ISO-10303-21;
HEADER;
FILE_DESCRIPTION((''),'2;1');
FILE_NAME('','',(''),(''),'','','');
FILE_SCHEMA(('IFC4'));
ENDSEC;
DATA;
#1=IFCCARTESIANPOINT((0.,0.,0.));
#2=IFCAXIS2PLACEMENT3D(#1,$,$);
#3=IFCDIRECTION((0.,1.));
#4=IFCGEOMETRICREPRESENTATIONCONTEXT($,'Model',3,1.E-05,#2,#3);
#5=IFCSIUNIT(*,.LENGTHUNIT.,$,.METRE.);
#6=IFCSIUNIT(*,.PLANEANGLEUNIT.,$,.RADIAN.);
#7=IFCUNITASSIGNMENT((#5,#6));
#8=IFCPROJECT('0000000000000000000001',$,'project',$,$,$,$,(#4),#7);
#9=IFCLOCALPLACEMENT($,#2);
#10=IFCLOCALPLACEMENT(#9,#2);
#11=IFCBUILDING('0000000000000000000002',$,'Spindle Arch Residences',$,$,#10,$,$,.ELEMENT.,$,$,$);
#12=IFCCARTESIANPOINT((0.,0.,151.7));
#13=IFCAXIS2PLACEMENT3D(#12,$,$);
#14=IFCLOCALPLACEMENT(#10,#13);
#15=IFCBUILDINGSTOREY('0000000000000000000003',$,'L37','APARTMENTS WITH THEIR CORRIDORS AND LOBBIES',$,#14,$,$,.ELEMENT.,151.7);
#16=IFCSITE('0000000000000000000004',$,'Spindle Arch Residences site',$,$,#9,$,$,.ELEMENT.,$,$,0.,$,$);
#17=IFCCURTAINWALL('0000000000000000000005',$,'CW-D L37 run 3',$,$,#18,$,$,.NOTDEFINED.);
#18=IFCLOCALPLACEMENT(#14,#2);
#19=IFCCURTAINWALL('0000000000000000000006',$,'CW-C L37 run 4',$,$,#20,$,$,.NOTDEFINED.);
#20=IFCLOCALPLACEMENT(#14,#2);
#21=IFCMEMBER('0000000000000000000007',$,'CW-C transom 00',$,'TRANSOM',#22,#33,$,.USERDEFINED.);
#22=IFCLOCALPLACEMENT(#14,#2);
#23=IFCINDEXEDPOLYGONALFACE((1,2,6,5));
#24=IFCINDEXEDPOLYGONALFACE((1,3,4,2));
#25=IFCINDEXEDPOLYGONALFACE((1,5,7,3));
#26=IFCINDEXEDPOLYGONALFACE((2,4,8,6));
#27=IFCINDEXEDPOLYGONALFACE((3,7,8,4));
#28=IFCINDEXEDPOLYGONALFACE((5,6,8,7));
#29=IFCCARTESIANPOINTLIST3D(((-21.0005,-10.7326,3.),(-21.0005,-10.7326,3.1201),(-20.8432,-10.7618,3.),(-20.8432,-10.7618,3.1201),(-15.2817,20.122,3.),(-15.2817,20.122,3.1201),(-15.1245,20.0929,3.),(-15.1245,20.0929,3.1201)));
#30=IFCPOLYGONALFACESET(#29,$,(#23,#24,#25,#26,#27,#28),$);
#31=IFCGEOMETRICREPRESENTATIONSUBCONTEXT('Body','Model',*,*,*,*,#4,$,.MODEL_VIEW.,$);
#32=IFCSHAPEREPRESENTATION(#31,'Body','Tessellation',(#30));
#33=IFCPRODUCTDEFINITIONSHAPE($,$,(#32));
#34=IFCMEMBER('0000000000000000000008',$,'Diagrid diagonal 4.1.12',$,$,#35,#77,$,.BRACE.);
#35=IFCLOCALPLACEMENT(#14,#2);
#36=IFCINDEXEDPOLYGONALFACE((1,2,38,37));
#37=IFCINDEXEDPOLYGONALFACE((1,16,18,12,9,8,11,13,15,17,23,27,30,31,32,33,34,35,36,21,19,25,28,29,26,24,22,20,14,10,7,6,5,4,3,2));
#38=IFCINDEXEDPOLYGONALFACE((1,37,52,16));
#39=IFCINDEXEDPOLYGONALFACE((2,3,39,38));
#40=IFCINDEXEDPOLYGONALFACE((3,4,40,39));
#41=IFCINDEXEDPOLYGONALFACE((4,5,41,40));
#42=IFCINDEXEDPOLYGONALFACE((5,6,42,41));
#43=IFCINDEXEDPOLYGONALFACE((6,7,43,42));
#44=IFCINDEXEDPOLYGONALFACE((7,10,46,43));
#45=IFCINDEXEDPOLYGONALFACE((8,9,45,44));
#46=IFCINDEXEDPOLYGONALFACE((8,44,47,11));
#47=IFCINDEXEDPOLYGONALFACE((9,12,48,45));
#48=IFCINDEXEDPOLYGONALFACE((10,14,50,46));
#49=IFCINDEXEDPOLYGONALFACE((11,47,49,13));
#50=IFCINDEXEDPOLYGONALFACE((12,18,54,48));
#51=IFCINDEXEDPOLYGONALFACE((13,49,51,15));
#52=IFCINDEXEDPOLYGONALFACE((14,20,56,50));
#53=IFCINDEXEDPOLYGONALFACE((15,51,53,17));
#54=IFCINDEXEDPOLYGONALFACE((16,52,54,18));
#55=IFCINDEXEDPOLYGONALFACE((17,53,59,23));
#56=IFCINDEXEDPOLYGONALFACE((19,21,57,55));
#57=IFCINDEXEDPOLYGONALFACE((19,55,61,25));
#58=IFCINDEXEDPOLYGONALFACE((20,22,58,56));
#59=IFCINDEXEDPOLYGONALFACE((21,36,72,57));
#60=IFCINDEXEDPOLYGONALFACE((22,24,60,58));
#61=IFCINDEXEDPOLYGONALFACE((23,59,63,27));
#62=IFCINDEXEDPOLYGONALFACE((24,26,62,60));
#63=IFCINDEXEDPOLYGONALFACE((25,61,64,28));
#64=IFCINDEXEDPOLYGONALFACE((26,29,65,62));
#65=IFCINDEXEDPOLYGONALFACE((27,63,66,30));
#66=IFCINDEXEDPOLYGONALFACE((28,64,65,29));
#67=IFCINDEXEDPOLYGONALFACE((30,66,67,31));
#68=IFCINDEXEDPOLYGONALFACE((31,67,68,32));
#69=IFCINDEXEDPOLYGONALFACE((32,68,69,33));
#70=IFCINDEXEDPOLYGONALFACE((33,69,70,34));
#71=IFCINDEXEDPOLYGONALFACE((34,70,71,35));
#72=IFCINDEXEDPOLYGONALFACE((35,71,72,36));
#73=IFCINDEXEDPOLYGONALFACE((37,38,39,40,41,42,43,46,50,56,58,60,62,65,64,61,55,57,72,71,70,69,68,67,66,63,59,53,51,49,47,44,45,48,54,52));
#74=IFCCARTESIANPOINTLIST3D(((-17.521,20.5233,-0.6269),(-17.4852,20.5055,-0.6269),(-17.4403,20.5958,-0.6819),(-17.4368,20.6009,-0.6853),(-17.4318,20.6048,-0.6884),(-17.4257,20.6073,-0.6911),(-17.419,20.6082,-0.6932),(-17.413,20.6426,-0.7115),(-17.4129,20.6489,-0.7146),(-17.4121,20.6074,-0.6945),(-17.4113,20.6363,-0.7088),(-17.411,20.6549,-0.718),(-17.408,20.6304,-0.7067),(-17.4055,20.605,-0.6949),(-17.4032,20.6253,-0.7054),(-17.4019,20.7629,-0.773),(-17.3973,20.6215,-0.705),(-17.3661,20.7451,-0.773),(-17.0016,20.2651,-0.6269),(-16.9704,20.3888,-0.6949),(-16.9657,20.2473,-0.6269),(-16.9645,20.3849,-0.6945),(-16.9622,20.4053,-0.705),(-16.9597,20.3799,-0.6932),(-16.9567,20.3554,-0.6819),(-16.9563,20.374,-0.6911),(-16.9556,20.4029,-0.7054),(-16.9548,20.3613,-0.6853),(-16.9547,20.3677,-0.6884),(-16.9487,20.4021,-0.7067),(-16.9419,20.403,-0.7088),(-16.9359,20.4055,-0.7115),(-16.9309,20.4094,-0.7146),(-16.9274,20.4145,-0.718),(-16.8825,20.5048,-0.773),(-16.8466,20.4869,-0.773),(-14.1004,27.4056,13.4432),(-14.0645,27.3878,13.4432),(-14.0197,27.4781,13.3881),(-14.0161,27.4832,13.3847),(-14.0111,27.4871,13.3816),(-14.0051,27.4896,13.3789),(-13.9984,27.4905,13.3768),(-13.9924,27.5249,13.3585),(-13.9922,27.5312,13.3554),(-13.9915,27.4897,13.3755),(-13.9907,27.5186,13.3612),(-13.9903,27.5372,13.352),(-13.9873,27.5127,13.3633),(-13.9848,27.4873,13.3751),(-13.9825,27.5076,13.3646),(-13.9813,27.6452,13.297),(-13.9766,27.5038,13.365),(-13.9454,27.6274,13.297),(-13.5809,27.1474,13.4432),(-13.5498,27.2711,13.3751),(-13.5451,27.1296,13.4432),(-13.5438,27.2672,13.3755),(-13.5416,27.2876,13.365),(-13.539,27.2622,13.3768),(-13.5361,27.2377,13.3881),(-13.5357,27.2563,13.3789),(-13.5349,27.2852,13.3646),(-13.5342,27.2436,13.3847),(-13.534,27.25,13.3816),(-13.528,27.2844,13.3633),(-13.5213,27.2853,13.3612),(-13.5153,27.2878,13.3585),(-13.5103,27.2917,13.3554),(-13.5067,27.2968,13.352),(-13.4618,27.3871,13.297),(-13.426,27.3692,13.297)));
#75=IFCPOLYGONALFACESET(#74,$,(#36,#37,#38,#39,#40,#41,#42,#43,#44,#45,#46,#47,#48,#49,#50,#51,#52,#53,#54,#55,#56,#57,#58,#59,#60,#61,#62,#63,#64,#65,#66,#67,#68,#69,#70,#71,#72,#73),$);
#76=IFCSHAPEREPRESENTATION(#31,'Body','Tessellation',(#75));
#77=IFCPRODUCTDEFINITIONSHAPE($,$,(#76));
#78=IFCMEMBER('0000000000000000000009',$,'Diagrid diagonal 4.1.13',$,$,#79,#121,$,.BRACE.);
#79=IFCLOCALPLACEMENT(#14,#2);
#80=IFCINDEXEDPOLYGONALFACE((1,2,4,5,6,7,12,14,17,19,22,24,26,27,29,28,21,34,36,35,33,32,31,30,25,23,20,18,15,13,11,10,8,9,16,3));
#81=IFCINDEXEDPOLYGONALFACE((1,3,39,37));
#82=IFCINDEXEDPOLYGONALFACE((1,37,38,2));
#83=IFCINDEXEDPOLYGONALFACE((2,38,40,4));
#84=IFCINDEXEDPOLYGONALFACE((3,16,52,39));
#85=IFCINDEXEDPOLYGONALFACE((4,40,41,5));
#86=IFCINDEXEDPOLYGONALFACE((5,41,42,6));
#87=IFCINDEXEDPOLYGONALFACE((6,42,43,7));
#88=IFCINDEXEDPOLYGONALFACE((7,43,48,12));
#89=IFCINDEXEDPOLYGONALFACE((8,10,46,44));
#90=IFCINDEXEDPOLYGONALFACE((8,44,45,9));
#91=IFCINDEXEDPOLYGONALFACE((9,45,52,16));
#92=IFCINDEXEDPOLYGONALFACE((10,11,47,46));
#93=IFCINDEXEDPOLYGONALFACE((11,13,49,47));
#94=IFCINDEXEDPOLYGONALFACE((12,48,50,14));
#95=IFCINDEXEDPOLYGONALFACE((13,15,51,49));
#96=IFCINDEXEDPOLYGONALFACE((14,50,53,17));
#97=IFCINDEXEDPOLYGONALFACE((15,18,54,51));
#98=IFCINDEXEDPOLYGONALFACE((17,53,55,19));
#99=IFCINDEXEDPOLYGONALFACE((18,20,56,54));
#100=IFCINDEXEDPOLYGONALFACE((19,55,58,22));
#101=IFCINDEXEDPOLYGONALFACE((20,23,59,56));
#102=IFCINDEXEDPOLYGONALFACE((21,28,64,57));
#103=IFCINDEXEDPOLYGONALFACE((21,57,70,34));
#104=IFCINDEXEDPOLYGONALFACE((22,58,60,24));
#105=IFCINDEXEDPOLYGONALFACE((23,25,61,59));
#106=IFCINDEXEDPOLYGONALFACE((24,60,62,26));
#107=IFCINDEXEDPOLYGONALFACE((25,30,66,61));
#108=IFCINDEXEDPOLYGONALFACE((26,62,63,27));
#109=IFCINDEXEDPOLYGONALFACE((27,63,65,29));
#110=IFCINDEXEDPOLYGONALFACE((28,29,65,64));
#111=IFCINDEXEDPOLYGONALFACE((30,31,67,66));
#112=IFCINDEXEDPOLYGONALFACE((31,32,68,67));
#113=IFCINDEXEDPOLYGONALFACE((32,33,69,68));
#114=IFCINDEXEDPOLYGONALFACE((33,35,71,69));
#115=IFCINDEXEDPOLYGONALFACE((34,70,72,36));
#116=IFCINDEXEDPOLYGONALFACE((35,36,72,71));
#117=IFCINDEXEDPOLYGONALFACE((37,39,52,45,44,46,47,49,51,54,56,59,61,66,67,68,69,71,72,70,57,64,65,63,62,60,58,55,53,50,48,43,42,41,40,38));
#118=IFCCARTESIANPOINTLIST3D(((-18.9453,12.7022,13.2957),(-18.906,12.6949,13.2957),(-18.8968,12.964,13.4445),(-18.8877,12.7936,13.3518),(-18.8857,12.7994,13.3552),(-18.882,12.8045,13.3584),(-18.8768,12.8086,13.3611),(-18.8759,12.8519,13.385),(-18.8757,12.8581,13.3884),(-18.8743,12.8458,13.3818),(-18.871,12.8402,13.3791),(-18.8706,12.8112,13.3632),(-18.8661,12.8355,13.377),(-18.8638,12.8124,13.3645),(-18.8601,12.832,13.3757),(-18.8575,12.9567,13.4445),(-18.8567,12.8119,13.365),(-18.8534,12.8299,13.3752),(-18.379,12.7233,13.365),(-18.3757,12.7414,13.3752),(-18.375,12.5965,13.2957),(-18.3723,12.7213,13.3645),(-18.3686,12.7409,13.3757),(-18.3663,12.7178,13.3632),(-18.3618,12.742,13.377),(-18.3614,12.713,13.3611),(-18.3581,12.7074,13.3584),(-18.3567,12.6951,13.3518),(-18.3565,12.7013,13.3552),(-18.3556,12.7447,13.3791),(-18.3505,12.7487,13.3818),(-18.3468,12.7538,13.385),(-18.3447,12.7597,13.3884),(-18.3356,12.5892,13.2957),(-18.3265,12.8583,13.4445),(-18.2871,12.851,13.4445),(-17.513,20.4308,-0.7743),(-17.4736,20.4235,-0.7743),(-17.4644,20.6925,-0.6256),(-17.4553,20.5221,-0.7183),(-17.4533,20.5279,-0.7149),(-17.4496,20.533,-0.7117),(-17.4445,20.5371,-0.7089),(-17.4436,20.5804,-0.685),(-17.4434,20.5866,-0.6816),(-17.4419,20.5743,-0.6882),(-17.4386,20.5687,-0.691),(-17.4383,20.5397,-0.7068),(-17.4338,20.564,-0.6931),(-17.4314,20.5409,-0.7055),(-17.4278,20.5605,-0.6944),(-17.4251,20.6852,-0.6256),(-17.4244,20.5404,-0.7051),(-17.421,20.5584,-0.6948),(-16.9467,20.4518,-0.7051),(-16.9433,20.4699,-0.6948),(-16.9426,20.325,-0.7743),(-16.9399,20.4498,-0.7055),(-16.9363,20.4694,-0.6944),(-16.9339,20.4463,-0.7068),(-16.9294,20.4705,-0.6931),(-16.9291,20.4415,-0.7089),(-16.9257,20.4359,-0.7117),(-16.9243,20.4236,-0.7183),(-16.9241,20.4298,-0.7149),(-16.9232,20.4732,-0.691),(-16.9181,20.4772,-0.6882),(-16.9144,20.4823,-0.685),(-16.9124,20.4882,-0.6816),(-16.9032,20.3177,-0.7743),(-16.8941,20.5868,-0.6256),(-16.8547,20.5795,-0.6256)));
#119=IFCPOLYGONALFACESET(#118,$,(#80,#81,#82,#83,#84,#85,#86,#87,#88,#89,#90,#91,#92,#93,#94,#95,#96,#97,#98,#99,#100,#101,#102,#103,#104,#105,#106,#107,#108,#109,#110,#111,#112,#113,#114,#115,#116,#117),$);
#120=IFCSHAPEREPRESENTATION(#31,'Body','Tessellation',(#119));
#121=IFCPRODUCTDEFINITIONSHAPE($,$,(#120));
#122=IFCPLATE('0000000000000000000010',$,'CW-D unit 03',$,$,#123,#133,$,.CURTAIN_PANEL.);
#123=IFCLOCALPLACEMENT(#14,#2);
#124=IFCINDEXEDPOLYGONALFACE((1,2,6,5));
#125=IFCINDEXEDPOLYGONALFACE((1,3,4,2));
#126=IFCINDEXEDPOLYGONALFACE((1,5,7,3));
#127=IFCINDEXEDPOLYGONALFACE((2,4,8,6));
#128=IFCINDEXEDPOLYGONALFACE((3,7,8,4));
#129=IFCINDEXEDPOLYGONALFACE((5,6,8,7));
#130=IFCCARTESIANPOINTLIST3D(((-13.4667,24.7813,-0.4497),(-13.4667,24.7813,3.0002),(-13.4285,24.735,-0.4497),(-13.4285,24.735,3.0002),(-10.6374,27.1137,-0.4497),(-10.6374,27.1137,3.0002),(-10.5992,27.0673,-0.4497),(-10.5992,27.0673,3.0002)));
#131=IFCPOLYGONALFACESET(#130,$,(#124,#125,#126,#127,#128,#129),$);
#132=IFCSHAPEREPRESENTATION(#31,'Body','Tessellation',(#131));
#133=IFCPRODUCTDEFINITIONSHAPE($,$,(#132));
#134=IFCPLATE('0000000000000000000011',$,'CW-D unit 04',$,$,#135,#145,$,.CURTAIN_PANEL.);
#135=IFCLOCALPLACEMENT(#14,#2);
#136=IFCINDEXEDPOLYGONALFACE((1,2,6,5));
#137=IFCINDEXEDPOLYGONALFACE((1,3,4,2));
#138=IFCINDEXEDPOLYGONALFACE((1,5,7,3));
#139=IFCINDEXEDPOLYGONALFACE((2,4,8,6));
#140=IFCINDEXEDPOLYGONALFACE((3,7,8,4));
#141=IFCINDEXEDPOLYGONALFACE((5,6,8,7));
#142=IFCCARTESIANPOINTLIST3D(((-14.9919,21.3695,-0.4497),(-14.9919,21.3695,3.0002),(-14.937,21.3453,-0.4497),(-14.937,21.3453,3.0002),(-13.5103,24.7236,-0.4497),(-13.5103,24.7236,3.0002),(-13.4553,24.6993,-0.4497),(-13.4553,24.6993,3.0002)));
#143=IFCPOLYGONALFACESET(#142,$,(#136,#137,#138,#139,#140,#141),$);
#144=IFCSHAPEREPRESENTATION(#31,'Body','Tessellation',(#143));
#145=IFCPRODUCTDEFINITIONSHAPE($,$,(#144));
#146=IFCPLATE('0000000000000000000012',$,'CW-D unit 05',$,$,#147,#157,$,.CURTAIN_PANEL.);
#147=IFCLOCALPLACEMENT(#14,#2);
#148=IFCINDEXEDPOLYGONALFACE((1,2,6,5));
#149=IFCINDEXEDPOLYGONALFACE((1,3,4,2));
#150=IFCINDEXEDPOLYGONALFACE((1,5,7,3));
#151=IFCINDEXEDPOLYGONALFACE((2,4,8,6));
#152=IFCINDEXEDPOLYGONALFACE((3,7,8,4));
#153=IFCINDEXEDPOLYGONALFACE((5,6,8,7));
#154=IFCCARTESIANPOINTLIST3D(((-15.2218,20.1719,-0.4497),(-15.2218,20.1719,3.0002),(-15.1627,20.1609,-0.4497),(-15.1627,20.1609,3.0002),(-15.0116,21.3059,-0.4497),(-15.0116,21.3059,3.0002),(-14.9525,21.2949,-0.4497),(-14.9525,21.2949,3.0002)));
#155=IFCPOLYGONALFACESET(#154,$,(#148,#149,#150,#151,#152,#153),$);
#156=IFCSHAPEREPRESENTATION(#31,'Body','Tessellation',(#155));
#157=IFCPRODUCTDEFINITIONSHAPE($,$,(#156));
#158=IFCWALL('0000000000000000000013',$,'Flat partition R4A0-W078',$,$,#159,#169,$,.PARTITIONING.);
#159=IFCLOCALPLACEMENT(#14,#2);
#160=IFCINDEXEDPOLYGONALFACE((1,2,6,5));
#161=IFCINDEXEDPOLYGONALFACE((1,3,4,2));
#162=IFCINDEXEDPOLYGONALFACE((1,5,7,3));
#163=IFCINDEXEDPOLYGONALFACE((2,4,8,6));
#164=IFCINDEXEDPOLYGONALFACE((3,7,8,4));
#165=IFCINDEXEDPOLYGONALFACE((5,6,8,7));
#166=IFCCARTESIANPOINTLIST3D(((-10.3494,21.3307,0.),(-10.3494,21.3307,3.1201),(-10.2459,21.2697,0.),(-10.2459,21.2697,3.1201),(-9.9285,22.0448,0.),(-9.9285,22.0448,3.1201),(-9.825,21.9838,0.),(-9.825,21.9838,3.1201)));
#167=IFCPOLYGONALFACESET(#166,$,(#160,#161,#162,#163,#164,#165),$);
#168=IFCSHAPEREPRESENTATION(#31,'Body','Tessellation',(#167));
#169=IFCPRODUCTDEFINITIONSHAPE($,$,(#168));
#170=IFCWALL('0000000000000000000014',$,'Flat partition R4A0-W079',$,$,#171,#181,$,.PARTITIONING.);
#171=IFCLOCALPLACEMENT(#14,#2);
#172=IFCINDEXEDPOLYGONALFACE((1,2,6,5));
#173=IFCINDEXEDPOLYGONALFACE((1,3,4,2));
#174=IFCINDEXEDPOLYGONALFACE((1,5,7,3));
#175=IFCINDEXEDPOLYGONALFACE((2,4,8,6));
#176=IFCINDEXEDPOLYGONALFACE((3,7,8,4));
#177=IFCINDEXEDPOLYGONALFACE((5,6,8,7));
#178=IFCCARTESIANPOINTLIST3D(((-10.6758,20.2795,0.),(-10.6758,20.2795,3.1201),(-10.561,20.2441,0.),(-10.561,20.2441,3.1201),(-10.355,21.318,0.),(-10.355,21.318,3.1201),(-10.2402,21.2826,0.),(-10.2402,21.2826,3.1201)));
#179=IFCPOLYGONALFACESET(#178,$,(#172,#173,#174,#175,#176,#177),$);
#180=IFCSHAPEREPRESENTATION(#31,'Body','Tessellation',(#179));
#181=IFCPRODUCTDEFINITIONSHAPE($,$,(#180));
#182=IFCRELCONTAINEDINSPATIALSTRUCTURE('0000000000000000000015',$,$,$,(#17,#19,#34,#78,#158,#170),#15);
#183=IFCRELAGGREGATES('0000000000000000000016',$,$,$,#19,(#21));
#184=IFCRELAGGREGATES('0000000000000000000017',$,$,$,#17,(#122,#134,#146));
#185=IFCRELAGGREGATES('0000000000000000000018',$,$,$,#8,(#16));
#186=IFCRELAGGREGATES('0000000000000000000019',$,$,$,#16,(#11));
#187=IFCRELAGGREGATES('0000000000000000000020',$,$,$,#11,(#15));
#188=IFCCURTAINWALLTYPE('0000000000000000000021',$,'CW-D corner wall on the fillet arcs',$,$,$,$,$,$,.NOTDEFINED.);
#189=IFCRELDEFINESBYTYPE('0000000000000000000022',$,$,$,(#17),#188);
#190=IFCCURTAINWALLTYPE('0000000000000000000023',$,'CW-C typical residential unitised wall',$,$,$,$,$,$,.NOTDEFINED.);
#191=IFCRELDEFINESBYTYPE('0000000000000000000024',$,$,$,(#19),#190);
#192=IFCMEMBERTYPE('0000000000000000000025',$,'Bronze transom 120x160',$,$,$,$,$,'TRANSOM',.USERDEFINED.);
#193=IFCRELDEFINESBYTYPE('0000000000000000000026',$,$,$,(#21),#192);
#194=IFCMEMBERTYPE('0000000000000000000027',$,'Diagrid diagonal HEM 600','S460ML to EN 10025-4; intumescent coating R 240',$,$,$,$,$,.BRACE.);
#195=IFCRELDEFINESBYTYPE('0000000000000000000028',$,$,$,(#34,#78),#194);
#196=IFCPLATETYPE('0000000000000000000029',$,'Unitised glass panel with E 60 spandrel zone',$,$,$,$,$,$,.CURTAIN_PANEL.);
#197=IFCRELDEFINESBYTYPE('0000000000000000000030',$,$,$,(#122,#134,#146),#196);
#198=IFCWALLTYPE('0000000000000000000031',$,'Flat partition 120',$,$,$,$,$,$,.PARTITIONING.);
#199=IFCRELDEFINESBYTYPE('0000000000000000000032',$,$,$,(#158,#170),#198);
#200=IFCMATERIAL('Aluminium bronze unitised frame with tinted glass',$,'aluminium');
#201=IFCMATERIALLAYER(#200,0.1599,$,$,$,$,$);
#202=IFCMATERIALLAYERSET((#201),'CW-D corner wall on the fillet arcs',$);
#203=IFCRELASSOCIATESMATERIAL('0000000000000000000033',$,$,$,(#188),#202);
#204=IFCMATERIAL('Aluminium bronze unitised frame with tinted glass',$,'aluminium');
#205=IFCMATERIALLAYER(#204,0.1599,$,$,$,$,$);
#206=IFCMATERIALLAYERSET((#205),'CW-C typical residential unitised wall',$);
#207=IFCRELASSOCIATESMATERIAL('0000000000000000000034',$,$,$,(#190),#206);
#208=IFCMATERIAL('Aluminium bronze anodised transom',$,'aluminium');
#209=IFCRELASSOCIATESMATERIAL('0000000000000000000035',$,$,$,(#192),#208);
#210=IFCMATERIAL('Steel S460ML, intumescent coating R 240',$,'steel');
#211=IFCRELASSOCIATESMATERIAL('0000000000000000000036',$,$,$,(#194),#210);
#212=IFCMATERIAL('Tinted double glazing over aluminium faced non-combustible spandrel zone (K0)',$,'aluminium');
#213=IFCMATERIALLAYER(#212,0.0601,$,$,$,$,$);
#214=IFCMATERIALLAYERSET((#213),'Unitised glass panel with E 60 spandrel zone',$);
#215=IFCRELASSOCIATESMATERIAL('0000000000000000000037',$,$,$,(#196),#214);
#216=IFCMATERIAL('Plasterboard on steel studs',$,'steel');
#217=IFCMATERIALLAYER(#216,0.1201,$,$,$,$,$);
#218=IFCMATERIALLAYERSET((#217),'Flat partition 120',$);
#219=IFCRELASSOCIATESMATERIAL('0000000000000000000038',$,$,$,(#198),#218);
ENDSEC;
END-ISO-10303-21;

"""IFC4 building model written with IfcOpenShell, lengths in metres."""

from ifc_helpers import new_model, si_unit, direction, frame, frame_2d, origin, origin_2d, place, context, subcontext, project, spatial, rectangle, i_section, extrude, material, layer, layer_set, material_profile, profile_set, type_object, element, aggregate, save


model = new_model("IFC4")

# Units and contexts
model_context = context("Model", 3, precision=1e-05, world=origin(), true_north=direction((0.0, 1.0)))
body_context = subcontext(model_context, "Body", "Model", "MODEL_VIEW")
ifc_project = project(units=[si_unit("LENGTHUNIT", "METRE"), si_unit("PLANEANGLEUNIT", "RADIAN")], contexts=[model_context])

# Site, building, storey
site_placement = place(None, origin())
site = spatial("IfcSite", under=ifc_project, at=site_placement, Name="Spindle Arch Residences site", CompositionType="ELEMENT", RefElevation=0.0)
building_placement = place(site_placement, origin())
building = spatial("IfcBuilding", under=site, at=building_placement, Name="Spindle Arch Residences", CompositionType="ELEMENT")
storey_placement = place(building_placement, frame((0.0, 0.0, 151.7)))
storey = spatial("IfcBuildingStorey", under=building, at=storey_placement, Name="L37", Description="APARTMENTS WITH THEIR CORRIDORS AND LOBBIES", CompositionType="ELEMENT", Elevation=151.7)

# Curtain wall
ifc_material_1 = material(Name="Aluminium bronze unitised frame with tinted glass", Category="aluminium")
ifc_layer_1 = layer(ifc_material_1, 0.1599)
ifc_layer_set_1 = layer_set([ifc_layer_1], Name="CW-D corner wall on the fillet arcs")
curtain_wall_type_1 = type_object("IfcCurtainWallType", Name="CW-D corner wall on the fillet arcs", PredefinedType="NOTDEFINED", material=ifc_layer_set_1)
curtain_wall_1_placement = place(storey_placement, origin())
curtain_wall_1 = element("IfcCurtainWall", 1, at=curtain_wall_1_placement, inside=storey, type_object=curtain_wall_type_1, Name="CW-D L37 run 3", PredefinedType="NOTDEFINED")

# Curtain wall
ifc_material_2 = material(Name="Aluminium bronze unitised frame with tinted glass", Category="aluminium")
ifc_layer_2 = layer(ifc_material_2, 0.1599)
ifc_layer_set_2 = layer_set([ifc_layer_2], Name="CW-C typical residential unitised wall")
curtain_wall_type_2 = type_object("IfcCurtainWallType", Name="CW-C typical residential unitised wall", PredefinedType="NOTDEFINED", material=ifc_layer_set_2)
curtain_wall_2_placement = place(storey_placement, origin())
curtain_wall_2 = element("IfcCurtainWall", 2, at=curtain_wall_2_placement, inside=storey, type_object=curtain_wall_type_2, Name="CW-C L37 run 4", PredefinedType="NOTDEFINED")

# Member
ifc_material_3 = material(Name="Aluminium bronze anodised transom", Category="aluminium")
ifc_material_profile_1 = material_profile(ifc_material_3, rectangle(XDim=0.1599, YDim=0.1201, at=origin_2d()), Name="TR 120x160")
ifc_profile_set_1 = profile_set([ifc_material_profile_1], Name="Aluminium bronze anodised transom")
member_type_1 = type_object("IfcMemberType", Name="Bronze transom 120x160", ElementType="TRANSOM", PredefinedType="USERDEFINED", material=ifc_profile_set_1)
member_1_placement = place(storey_placement, frame((-15.2031, 20.1074, 3.0601), z_axis=(-0.182241, -0.983254, 0.0), x_axis=(0.983254, -0.182241, 0.0)))
member_1 = element("IfcMember", 3, at=member_1_placement, type_object=member_type_1, Name="CW-C transom 00", ObjectType="TRANSOM", PredefinedType="USERDEFINED", context=body_context, shape_type="SweptSolid", body=[
    extrude(rectangle(XDim=0.1599, YDim=0.1201, at=origin_2d()), origin(), (0.0, 0.0, 1.0), 31.3801),
])
aggregate(curtain_wall_2, [member_1])

# Members
ifc_material_4 = material(Name="Steel S460ML, intumescent coating R 240", Category="steel")
ifc_material_profile_2 = material_profile(ifc_material_4, i_section(OverallWidth=0.3049, OverallDepth=0.6201, WebThickness=0.021, FlangeThickness=0.04, FilletRadius=0.0271, at=origin_2d()), Name="HEM 600")
ifc_profile_set_2 = profile_set([ifc_material_profile_2], Name="Steel S460ML, intumescent coating R 240")
member_type_2 = type_object("IfcMemberType", Name="Diagrid diagonal HEM 600", Description="S460ML to EN 10025-4; intumescent coating R 240", PredefinedType="BRACE", material=ifc_profile_set_2)
member_2_placement = place(storey_placement, frame((-17.1838, 20.5051, -0.7), z_axis=(0.21336, 0.429279, 0.877609), x_axis=(-0.390604, -0.785891, 0.479378)))
element("IfcMember", 4, at=member_2_placement, inside=storey, type_object=member_type_2, Name="Diagrid diagonal 4.1.12", PredefinedType="BRACE", context=body_context, shape_type="SweptSolid", body=[
    extrude(i_section(OverallWidth=0.3049, OverallDepth=0.6201, WebThickness=0.021, FlangeThickness=0.04, FilletRadius=0.0271, at=origin_2d()), origin(), (0.0, 0.0, 1.0), 16.0322),
])
member_3_placement = place(storey_placement, frame((-17.1838, 20.5051, -0.7), z_axis=(-0.088875, -0.479534, 0.873011), x_axis=(0.159091, 0.858393, 0.487701)))
element("IfcMember", 5, at=member_3_placement, inside=storey, type_object=member_type_2, Name="Diagrid diagonal 4.1.13", PredefinedType="BRACE", context=body_context, shape_type="SweptSolid", body=[
    extrude(i_section(OverallWidth=0.3049, OverallDepth=0.6201, WebThickness=0.021, FlangeThickness=0.04, FilletRadius=0.0271, at=origin_2d()), origin(), (0.0, 0.0, 1.0), 16.1167),
])

# Plates
ifc_material_5 = material(Name="Tinted double glazing over aluminium faced non-combustible spandrel zone (K0)", Category="aluminium")
ifc_layer_3 = layer(ifc_material_5, 0.0601)
ifc_layer_set_3 = layer_set([ifc_layer_3], Name="Unitised glass panel with E 60 spandrel zone")
plate_type = type_object("IfcPlateType", Name="Unitised glass panel with E 60 spandrel zone", PredefinedType="CURTAIN_PANEL", material=ifc_layer_set_3)
plate_1_placement = place(storey_placement, frame((-12.033, 25.9243, -0.4497), z_axis=(0.0, 0.0, 1.0), x_axis=(-0.771625, -0.636078, 0.0)))
plate_1 = element("IfcPlate", 6, at=plate_1_placement, type_object=plate_type, Name="CW-D unit 03", PredefinedType="CURTAIN_PANEL", context=body_context, shape_type="SweptSolid", body=[
    extrude(rectangle(XDim=3.6667, YDim=0.0601, at=origin_2d()), origin(), (0.0, 0.0, 1.0), 3.45),
])
plate_2_placement = place(storey_placement, frame((-14.2236, 23.0344, -0.4497), z_axis=(0.0, 0.0, 1.0), x_axis=(-0.404078, -0.914725, 0.0)))
plate_2 = element("IfcPlate", 7, at=plate_2_placement, type_object=plate_type, Name="CW-D unit 04", PredefinedType="CURTAIN_PANEL", context=body_context, shape_type="SweptSolid", body=[
    extrude(rectangle(XDim=3.6667, YDim=0.0601, at=origin_2d()), origin(), (0.0, 0.0, 1.0), 3.45),
])
plate_3_placement = place(storey_placement, frame((-15.0872, 20.7334, -0.4497), z_axis=(0.0, 0.0, 1.0), x_axis=(-0.182236, -0.983255, 0.0)))
plate_3 = element("IfcPlate", 8, at=plate_3_placement, type_object=plate_type, Name="CW-D unit 05", PredefinedType="CURTAIN_PANEL", context=body_context, shape_type="SweptSolid", body=[
    extrude(rectangle(XDim=1.1533, YDim=0.0601, at=origin_2d()), origin(), (0.0, 0.0, 1.0), 3.45),
])
aggregate(curtain_wall_1, [plate_1, plate_2, plate_3])

# Walls
ifc_material_6 = material(Name="Plasterboard on steel studs", Category="steel")
ifc_layer_4 = layer(ifc_material_6, 0.1201)
ifc_layer_set_4 = layer_set([ifc_layer_4], Name="Flat partition 120")
wall_type = type_object("IfcWallType", Name="Flat partition 120", PredefinedType="PARTITIONING", material=ifc_layer_set_4)
wall_1_placement = place(storey_placement, frame((-9.8767, 22.0144, 0.0), z_axis=(0.0, 0.0, 1.0), x_axis=(-0.507766, -0.861495, 0.0)))
element("IfcWall", 9, at=wall_1_placement, inside=storey, type_object=wall_type, Name="Flat partition R4A0-W078", PredefinedType="PARTITIONING", context=body_context, shape_type="SweptSolid", body=[
    extrude(rectangle(XDim=0.8289, YDim=0.1201, at=frame_2d((0.4146, 0.0))), origin(), (0.0, 0.0, 1.0), 3.1201),
])
wall_2_placement = place(storey_placement, frame((-10.2976, 21.3003, 0.0), z_axis=(0.0, 0.0, 1.0), x_axis=(-0.295127, -0.955458, 0.0)))
element("IfcWall", 10, at=wall_2_placement, inside=storey, type_object=wall_type, Name="Flat partition R4A0-W079", PredefinedType="PARTITIONING", context=body_context, shape_type="SweptSolid", body=[
    extrude(rectangle(XDim=1.0869, YDim=0.1201, at=frame_2d((0.5435, 0.0))), origin(), (0.0, 0.0, 1.0), 3.1201),
])

save(model, "model.ifc")
